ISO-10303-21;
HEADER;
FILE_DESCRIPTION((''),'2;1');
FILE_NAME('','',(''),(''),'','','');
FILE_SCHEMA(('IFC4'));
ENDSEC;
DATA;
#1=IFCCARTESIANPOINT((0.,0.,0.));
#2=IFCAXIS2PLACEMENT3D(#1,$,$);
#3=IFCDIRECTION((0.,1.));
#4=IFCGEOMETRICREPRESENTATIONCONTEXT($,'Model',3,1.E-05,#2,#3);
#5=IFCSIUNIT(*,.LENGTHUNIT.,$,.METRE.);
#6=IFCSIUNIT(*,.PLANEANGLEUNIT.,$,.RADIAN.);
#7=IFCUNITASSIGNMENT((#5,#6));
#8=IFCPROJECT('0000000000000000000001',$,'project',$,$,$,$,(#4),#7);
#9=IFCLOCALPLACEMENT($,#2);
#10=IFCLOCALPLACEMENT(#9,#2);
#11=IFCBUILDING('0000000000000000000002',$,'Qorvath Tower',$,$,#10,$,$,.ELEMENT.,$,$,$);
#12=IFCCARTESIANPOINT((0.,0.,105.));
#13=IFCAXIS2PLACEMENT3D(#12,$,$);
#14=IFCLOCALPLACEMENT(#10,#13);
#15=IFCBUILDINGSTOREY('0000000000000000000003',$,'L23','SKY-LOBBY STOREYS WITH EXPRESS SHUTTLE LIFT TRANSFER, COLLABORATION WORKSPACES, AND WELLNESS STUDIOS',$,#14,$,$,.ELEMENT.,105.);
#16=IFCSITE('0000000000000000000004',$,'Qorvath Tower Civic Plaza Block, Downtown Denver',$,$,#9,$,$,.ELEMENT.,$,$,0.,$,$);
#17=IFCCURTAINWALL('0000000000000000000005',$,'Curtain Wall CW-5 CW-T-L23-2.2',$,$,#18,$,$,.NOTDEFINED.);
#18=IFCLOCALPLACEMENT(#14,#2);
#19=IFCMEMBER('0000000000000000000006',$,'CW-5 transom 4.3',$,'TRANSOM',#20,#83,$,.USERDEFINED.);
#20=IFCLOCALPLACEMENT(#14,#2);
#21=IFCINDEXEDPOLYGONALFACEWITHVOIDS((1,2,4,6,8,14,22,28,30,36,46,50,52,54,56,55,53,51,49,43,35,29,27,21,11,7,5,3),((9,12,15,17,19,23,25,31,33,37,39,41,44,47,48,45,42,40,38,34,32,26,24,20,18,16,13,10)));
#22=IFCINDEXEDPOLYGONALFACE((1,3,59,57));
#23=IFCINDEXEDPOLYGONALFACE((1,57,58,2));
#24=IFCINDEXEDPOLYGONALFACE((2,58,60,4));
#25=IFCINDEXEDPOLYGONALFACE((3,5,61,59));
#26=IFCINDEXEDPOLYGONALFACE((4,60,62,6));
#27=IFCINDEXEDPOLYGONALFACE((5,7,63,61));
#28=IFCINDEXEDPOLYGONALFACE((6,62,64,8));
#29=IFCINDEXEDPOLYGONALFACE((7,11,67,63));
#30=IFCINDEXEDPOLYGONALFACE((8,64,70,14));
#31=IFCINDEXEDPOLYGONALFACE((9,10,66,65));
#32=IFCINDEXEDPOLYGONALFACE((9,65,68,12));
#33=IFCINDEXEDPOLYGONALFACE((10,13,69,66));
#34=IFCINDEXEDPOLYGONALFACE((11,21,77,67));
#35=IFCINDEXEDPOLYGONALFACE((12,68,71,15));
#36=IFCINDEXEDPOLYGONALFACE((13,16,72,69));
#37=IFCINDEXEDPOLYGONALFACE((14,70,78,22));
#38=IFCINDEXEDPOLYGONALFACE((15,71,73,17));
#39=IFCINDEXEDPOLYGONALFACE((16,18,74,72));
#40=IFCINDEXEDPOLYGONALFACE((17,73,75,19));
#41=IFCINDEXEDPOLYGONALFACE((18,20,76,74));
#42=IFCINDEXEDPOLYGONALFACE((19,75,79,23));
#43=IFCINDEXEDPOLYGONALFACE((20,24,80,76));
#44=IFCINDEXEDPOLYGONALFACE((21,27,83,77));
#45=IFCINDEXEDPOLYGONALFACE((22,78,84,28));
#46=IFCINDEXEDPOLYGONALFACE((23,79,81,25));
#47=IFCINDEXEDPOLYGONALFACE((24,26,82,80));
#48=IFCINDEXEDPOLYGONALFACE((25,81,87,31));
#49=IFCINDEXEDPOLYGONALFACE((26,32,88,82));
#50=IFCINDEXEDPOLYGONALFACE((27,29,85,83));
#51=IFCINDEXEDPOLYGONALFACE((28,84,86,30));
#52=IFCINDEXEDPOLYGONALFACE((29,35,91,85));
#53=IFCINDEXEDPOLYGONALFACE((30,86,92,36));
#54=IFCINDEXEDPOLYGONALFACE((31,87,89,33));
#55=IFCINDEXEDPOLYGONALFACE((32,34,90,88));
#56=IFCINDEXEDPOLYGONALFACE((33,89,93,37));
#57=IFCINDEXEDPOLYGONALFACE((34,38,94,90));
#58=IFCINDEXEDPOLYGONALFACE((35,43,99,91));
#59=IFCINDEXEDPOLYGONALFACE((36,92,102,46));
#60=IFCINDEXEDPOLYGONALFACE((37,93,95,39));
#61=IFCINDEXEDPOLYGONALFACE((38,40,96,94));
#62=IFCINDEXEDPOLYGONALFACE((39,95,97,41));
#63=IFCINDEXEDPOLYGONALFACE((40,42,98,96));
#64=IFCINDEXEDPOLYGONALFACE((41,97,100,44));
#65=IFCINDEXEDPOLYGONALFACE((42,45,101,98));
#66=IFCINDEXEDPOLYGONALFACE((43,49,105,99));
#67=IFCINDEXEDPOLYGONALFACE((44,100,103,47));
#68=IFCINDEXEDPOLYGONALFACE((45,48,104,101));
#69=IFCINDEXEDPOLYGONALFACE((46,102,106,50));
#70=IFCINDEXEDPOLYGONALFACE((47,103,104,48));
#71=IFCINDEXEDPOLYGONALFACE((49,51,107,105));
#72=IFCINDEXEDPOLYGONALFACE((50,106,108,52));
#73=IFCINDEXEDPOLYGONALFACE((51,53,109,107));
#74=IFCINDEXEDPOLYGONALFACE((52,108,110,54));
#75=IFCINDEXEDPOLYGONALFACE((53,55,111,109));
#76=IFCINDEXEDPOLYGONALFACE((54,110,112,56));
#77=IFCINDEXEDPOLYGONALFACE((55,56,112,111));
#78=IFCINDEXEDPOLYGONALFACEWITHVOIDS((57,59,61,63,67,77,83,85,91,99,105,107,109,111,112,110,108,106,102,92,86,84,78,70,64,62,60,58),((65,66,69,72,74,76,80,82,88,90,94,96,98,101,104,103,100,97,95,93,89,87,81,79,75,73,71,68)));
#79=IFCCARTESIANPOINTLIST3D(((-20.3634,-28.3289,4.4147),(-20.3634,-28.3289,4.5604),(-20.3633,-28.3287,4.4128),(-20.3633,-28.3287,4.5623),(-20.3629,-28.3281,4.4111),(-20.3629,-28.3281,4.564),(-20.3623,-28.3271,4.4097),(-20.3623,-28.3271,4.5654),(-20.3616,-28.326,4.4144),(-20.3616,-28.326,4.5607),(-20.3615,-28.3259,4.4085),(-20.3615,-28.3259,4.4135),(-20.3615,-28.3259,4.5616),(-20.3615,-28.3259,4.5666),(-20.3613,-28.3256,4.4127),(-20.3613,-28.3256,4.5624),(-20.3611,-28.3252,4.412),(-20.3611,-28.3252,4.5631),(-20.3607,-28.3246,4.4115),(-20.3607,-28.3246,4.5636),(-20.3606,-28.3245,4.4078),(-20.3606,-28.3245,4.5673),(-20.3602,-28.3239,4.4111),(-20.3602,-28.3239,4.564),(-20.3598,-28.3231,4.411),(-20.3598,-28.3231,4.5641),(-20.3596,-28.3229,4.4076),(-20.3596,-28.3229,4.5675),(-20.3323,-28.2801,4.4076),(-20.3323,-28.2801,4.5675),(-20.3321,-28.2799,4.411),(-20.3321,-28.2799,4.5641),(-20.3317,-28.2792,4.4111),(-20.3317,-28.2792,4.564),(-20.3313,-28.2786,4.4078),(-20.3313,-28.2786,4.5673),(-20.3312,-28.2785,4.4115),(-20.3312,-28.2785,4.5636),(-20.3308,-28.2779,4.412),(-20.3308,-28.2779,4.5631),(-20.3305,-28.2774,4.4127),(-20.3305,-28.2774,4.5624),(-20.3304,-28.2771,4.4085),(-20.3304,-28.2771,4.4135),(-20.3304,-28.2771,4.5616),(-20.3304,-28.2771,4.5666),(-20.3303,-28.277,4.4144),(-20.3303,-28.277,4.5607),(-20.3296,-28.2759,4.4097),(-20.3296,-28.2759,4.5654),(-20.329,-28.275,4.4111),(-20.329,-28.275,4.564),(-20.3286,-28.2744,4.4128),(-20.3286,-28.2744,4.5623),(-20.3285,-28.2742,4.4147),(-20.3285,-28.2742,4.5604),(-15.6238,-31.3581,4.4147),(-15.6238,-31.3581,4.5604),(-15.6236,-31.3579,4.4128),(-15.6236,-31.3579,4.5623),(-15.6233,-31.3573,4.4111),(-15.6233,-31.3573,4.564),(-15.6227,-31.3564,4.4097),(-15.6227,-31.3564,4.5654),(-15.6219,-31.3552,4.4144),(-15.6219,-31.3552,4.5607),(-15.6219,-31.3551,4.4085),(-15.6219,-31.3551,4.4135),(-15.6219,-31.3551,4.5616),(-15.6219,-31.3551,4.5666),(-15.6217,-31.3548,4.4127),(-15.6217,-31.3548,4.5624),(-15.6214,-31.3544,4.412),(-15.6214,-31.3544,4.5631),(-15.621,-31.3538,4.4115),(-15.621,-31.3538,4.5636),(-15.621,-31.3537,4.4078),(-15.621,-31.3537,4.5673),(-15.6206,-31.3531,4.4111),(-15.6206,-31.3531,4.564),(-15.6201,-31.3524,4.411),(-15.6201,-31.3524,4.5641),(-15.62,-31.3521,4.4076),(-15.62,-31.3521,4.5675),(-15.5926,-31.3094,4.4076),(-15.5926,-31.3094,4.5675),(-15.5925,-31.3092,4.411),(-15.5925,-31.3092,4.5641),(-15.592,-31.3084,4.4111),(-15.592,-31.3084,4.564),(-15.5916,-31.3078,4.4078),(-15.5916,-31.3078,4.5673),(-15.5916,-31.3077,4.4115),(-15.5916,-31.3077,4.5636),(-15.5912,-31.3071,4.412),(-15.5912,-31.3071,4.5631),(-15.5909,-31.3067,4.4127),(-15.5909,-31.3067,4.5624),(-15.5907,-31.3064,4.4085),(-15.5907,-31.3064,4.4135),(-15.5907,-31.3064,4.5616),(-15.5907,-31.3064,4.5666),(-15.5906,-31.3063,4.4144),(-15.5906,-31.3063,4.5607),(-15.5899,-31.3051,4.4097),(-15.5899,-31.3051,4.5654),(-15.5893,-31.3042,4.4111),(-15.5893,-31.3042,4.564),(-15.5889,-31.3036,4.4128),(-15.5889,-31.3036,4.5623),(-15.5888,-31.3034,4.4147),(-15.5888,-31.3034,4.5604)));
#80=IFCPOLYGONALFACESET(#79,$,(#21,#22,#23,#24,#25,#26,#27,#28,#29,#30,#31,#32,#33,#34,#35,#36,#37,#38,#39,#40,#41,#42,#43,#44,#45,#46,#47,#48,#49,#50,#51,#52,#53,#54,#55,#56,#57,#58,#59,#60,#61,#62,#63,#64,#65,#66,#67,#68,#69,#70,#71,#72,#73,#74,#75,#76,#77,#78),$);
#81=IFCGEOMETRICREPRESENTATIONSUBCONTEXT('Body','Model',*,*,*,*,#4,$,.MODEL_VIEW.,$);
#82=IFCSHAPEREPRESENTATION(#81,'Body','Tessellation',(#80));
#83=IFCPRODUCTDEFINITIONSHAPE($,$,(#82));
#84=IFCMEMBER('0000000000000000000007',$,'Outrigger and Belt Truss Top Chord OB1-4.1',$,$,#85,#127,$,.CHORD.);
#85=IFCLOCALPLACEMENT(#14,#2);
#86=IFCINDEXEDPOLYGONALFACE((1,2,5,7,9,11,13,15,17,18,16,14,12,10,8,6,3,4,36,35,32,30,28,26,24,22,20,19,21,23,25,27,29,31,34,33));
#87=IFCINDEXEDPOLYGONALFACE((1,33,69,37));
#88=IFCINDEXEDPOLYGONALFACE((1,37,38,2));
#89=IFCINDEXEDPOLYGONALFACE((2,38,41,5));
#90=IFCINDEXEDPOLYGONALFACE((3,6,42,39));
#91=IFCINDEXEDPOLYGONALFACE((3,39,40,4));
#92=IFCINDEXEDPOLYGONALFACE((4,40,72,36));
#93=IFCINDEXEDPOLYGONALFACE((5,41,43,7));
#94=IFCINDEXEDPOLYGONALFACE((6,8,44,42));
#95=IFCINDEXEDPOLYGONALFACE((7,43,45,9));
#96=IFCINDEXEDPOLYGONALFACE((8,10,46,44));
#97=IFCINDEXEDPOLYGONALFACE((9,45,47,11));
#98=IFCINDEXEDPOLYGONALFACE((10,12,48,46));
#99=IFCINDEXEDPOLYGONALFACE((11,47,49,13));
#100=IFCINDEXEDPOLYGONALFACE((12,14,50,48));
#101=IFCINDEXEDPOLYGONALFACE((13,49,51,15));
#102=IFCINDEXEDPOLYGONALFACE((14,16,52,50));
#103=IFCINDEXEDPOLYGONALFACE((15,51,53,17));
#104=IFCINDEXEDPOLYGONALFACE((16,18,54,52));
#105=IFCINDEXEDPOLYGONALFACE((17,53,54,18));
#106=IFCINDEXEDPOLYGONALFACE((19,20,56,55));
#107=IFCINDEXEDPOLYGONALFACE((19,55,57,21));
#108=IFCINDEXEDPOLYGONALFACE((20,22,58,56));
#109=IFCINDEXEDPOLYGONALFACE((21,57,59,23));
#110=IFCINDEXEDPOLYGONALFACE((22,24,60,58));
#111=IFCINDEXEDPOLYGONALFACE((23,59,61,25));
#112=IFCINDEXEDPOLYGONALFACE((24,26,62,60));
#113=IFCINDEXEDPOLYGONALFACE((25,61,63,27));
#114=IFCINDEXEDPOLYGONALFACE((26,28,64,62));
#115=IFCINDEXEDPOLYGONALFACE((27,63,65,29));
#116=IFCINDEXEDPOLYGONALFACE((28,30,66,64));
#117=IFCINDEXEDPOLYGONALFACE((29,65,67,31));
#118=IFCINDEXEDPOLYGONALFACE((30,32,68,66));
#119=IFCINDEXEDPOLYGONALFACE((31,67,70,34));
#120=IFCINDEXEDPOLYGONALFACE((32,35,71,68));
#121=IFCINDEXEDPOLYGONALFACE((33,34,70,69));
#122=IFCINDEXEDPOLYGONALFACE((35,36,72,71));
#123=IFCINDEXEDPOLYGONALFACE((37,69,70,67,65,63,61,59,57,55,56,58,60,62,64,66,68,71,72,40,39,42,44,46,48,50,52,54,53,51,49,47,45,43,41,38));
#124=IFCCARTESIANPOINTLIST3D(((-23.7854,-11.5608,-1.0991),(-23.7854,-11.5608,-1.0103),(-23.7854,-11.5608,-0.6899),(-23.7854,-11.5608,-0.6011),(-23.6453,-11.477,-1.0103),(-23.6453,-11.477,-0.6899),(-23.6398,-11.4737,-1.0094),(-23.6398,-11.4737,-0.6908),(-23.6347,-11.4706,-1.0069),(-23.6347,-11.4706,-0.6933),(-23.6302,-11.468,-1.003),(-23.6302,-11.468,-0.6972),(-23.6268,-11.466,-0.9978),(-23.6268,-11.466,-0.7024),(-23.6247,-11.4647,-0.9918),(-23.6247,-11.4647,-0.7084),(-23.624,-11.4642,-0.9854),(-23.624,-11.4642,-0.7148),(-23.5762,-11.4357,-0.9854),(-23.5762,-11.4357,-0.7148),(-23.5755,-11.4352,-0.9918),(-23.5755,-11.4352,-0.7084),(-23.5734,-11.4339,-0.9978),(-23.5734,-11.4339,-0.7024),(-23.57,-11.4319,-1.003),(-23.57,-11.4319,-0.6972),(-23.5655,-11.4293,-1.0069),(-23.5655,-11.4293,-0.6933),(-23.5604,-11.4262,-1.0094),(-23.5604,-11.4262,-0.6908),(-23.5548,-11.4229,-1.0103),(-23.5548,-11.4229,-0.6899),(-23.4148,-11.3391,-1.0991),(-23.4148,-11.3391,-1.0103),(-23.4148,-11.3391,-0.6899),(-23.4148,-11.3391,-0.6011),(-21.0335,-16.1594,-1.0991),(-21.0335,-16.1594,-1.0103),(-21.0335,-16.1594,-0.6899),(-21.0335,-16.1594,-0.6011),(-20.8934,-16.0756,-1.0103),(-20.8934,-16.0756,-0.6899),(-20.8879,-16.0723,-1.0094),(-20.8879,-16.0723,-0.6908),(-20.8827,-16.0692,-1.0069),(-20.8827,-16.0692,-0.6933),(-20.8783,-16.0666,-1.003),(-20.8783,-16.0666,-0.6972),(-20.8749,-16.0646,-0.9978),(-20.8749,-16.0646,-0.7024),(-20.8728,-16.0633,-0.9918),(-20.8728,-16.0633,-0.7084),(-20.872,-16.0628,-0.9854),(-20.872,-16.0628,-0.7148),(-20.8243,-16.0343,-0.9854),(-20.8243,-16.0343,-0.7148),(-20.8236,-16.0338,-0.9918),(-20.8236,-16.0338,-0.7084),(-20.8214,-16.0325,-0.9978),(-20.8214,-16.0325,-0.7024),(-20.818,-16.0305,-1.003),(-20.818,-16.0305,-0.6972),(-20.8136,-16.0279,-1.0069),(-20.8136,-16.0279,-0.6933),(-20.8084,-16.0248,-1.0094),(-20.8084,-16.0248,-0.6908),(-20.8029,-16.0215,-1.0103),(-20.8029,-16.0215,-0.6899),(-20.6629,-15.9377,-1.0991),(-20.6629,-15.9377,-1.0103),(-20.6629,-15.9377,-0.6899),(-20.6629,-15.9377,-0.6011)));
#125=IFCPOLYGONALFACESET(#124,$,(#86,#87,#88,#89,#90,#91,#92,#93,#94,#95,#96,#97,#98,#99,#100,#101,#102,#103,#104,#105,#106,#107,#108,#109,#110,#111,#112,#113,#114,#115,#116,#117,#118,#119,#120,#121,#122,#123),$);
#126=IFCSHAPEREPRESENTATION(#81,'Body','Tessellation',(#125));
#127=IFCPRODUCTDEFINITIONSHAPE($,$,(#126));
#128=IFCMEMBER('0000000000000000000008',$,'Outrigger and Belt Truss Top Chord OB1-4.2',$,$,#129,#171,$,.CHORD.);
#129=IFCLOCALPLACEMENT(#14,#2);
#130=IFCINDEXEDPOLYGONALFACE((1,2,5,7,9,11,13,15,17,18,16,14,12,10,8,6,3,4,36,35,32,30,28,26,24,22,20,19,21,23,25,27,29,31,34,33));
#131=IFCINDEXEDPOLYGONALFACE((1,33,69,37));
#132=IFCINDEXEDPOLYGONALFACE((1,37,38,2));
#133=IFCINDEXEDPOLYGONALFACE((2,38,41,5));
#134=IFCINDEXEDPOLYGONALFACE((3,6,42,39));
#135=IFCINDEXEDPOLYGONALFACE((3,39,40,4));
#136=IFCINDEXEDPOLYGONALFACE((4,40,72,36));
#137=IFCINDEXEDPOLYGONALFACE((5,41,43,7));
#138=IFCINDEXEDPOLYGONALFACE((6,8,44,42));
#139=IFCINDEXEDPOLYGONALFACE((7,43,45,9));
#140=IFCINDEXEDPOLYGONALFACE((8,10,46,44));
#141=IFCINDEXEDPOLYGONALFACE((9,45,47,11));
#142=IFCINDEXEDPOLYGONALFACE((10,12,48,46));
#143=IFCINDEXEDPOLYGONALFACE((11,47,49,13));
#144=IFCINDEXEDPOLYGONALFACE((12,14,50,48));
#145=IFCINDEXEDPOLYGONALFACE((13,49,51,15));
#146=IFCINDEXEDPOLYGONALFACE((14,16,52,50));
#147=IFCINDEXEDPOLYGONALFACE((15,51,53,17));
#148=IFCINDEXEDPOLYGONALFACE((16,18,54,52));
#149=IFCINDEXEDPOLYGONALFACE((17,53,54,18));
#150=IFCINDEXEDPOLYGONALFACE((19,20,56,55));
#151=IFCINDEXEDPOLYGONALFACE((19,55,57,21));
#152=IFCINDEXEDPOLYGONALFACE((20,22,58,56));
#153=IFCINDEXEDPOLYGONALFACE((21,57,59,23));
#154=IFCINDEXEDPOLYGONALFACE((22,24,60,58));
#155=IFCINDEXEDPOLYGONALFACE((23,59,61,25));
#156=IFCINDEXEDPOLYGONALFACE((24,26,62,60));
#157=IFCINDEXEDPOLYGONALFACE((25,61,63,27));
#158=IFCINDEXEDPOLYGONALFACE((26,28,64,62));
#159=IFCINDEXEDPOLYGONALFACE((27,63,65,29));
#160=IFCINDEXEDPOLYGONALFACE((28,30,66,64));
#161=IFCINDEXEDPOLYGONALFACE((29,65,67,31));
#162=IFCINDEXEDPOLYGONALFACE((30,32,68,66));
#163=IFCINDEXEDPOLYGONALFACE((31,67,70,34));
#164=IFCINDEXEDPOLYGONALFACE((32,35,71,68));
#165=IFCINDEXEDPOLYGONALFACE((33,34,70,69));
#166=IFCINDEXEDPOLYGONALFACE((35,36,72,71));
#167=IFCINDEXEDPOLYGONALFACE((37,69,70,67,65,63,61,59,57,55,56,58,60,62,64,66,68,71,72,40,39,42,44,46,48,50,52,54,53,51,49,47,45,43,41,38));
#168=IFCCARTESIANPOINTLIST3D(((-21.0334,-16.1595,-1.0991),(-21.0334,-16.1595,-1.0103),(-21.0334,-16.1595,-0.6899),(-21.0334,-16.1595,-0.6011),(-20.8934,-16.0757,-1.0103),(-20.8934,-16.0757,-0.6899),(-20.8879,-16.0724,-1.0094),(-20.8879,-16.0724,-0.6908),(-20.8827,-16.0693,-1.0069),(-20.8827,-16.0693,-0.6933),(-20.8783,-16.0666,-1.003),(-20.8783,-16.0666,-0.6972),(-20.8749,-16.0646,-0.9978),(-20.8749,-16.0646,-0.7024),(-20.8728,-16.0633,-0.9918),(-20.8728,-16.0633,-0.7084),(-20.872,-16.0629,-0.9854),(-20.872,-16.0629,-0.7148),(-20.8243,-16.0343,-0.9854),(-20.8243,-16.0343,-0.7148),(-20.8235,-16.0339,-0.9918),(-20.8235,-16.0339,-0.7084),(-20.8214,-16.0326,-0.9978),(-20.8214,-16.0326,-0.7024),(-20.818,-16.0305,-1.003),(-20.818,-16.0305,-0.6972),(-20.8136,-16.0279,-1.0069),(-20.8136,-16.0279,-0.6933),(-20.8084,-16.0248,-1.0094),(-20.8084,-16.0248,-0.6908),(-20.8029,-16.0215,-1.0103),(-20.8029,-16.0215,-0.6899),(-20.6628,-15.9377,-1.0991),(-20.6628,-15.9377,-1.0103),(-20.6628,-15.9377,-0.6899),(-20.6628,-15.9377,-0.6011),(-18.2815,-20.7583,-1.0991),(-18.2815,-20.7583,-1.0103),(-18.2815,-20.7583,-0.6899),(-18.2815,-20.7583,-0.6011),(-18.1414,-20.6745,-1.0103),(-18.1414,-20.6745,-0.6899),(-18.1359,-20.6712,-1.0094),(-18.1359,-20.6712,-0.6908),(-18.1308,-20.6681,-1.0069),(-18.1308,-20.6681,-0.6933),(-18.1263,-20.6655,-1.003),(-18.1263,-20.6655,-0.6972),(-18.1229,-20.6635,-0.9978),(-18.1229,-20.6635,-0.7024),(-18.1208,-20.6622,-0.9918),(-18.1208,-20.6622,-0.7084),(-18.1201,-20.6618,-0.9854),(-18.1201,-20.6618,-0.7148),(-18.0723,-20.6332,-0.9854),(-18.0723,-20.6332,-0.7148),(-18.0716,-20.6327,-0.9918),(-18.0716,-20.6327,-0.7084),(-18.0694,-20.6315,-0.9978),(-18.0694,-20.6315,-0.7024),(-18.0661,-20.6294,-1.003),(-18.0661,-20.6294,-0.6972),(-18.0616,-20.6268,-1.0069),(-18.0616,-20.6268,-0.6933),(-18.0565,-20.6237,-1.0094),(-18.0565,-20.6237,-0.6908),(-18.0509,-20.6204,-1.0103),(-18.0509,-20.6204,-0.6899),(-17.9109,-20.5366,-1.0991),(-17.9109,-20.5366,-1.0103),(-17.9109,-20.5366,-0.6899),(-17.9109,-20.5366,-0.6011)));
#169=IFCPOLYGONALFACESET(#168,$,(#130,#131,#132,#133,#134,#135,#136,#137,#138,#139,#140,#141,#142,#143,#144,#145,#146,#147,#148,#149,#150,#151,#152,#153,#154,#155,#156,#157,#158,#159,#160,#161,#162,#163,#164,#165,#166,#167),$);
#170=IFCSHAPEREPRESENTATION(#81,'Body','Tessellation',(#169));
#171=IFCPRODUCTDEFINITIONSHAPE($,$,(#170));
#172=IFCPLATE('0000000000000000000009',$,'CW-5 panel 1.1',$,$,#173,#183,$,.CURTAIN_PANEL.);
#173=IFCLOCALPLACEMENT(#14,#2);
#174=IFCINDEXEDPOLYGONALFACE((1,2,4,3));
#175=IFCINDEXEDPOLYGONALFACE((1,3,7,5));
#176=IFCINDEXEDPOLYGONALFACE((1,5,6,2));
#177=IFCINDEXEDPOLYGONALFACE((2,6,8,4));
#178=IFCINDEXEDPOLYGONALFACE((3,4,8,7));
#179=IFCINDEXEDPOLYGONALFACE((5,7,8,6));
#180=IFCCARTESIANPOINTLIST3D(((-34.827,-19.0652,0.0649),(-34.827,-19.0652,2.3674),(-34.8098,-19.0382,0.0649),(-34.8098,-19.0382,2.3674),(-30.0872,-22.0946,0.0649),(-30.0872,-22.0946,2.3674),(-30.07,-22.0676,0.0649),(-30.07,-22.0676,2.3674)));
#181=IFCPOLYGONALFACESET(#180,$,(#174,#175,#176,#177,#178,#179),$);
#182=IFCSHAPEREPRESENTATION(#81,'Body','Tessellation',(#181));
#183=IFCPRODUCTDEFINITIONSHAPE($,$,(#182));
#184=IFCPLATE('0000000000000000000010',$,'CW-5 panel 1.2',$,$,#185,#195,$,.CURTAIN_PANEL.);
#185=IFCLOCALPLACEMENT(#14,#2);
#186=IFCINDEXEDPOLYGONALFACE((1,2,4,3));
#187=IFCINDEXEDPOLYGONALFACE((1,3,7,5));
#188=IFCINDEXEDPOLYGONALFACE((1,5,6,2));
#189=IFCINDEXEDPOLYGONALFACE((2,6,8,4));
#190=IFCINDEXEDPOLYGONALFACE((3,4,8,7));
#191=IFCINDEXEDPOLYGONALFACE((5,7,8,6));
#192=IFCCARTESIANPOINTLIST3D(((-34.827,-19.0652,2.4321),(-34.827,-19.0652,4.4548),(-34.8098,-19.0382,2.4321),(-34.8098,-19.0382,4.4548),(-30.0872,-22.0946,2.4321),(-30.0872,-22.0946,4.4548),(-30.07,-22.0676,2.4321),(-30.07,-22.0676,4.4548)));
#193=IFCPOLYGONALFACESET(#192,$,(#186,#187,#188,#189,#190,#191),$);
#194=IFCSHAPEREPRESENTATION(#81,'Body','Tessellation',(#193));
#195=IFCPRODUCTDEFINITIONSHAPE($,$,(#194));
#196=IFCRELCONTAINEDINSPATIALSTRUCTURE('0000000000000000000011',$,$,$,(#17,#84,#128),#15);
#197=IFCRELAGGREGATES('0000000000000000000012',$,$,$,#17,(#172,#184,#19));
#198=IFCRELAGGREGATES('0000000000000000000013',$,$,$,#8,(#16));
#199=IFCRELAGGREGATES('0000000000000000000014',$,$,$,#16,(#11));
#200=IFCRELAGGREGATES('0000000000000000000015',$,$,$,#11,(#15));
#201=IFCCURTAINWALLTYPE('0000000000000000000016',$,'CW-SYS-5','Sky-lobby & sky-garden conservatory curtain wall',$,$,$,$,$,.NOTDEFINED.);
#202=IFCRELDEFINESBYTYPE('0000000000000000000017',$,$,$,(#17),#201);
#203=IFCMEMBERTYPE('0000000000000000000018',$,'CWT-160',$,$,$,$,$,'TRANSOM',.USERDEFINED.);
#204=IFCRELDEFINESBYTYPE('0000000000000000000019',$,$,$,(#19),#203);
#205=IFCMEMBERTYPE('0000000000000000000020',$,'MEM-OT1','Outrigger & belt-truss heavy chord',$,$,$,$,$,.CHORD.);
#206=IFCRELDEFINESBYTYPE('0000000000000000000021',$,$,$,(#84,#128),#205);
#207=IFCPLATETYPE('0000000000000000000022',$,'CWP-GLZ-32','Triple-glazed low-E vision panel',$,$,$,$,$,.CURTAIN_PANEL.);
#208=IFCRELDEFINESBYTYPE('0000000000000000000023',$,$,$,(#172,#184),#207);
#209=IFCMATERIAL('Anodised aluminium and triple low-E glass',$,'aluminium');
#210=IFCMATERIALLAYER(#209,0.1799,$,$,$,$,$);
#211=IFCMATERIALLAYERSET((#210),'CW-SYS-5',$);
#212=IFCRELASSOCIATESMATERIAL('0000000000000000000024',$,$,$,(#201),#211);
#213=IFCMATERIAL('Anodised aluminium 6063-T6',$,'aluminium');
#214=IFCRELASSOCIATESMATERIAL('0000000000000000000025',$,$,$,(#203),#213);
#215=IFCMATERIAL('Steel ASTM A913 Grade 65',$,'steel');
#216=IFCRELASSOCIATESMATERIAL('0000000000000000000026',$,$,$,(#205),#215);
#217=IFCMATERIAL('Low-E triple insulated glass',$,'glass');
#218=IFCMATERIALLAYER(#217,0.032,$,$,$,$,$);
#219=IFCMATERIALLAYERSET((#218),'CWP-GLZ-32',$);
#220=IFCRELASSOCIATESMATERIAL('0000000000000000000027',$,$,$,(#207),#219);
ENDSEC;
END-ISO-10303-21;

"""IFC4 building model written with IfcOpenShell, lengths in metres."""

from ifc_helpers import new_model, si_unit, direction, frame, origin, origin_2d, place, context, subcontext, project, spatial, rectangle, hollow_rectangle, i_section, extrude, material, layer, layer_set, material_profile, profile_set, type_object, element, aggregate, save


model = new_model("IFC4")

# Units and contexts
model_context = context("Model", 3, precision=1e-05, world=origin(), true_north=direction((0.0, 1.0)))
body_context = subcontext(model_context, "Body", "Model", "MODEL_VIEW")
ifc_project = project(units=[si_unit("LENGTHUNIT", "METRE"), si_unit("PLANEANGLEUNIT", "RADIAN")], contexts=[model_context])

# Site, building, storey
site_placement = place(None, origin())
site = spatial("IfcSite", under=ifc_project, at=site_placement, Name="Qorvath Tower Civic Plaza Block, Downtown Denver", CompositionType="ELEMENT", RefElevation=0.0)
building_placement = place(site_placement, origin())
building = spatial("IfcBuilding", under=site, at=building_placement, Name="Qorvath Tower", CompositionType="ELEMENT")
storey_placement = place(building_placement, frame((0.0, 0.0, 105.0)))
storey = spatial("IfcBuildingStorey", under=building, at=storey_placement, Name="L23", Description="SKY-LOBBY STOREYS WITH EXPRESS SHUTTLE LIFT TRANSFER, COLLABORATION WORKSPACES, AND WELLNESS STUDIOS", CompositionType="ELEMENT", Elevation=105.0)

# Curtain wall, member
ifc_material_1 = material(Name="Anodised aluminium and triple low-E glass", Category="aluminium")
ifc_layer_1 = layer(ifc_material_1, 0.1799)
ifc_layer_set_1 = layer_set([ifc_layer_1], Name="CW-SYS-5")
curtain_wall_type = type_object("IfcCurtainWallType", Name="CW-SYS-5", Description="Sky-lobby & sky-garden conservatory curtain wall", PredefinedType="NOTDEFINED", material=ifc_layer_set_1)
curtain_wall_placement = place(storey_placement, origin())
curtain_wall = element("IfcCurtainWall", 1, at=curtain_wall_placement, inside=storey, type_object=curtain_wall_type, Name="Curtain Wall CW-5 CW-T-L23-2.2", PredefinedType="NOTDEFINED")
ifc_material_2 = material(Name="Anodised aluminium 6063-T6", Category="aluminium")
ifc_material_profile_1 = material_profile(ifc_material_2, hollow_rectangle(XDim=0.0649, YDim=0.1599, WallThickness=0.0034, InnerFilletRadius=0.0034, OuterFilletRadius=0.0071, at=origin_2d()), Name="CWT 160x65")
ifc_profile_set_1 = profile_set([ifc_material_profile_1], Name="Anodised aluminium 6063-T6")
member_type_1 = type_object("IfcMemberType", Name="CWT-160", ElementType="TRANSOM", PredefinedType="USERDEFINED", material=ifc_profile_set_1)
member_1_placement = place(storey_placement, frame((-20.3459, -28.3015, 4.4875), z_axis=(0.842605, -0.538531, 0.0), x_axis=(0.538531, 0.842605, 0.0)))
member_1 = element("IfcMember", 2, at=member_1_placement, type_object=member_type_1, Name="CW-5 transom 4.3", ObjectType="TRANSOM", PredefinedType="USERDEFINED", context=body_context, shape_type="SweptSolid", body=[
    extrude(hollow_rectangle(XDim=0.0649, YDim=0.1599, WallThickness=0.0034, InnerFilletRadius=0.0034, OuterFilletRadius=0.0071, at=origin_2d()), origin(), (0.0, 0.0, 1.0), 5.625),
])

# Members
ifc_material_3 = material(Name="Steel ASTM A913 Grade 65", Category="steel")
ifc_material_profile_2 = material_profile(ifc_material_3, i_section(OverallWidth=0.4319, OverallDepth=0.498, WebThickness=0.0557, FlangeThickness=0.0889, FilletRadius=0.0249, at=origin_2d()), Name="W14x500")
ifc_profile_set_2 = profile_set([ifc_material_profile_2], Name="Steel ASTM A913 Grade 65")
member_type_2 = type_object("IfcMemberType", Name="MEM-OT1", Description="Outrigger & belt-truss heavy chord", PredefinedType="CHORD", material=ifc_profile_set_2)
member_2_placement = place(storey_placement, frame((-23.6001, -11.45, -0.8501), z_axis=(0.513504, -0.858087, 0.0), x_axis=(0.858087, 0.513504, 0.0)))
element("IfcMember", 3, at=member_2_placement, inside=storey, type_object=member_type_2, Name="Outrigger and Belt Truss Top Chord OB1-4.1", PredefinedType="CHORD", context=body_context, shape_type="SweptSolid", body=[
    extrude(i_section(OverallWidth=0.4319, OverallDepth=0.498, WebThickness=0.0557, FlangeThickness=0.0889, FilletRadius=0.0249, at=origin_2d()), origin(), (0.0, 0.0, 1.0), 5.3591),
])
member_3_placement = place(storey_placement, frame((-20.8481, -16.0486, -0.8501), z_axis=(0.513484, -0.858099, 0.0), x_axis=(0.858099, 0.513484, 0.0)))
element("IfcMember", 4, at=member_3_placement, inside=storey, type_object=member_type_2, Name="Outrigger and Belt Truss Top Chord OB1-4.2", PredefinedType="CHORD", context=body_context, shape_type="SweptSolid", body=[
    extrude(i_section(OverallWidth=0.4319, OverallDepth=0.498, WebThickness=0.0557, FlangeThickness=0.0889, FilletRadius=0.0249, at=origin_2d()), origin(), (0.0, 0.0, 1.0), 5.3594),
])

# Plates
ifc_material_4 = material(Name="Low-E triple insulated glass", Category="glass")
ifc_layer_2 = layer(ifc_material_4, 0.032)
ifc_layer_set_2 = layer_set([ifc_layer_2], Name="CWP-GLZ-32")
plate_type = type_object("IfcPlateType", Name="CWP-GLZ-32", Description="Triple-glazed low-E vision panel", PredefinedType="CURTAIN_PANEL", material=ifc_layer_set_2)
plate_1_placement = place(storey_placement, frame((-32.4485, -20.5664, 0.0649), z_axis=(0.0, 0.0, 1.0), x_axis=(0.8426, -0.53854, 0.0)))
plate_1 = element("IfcPlate", 5, at=plate_1_placement, type_object=plate_type, Name="CW-5 panel 1.1", PredefinedType="CURTAIN_PANEL", context=body_context, shape_type="SweptSolid", body=[
    extrude(rectangle(XDim=5.6252, YDim=0.032, at=origin_2d()), origin(), (0.0, 0.0, 1.0), 2.3025),
])
plate_2_placement = place(storey_placement, frame((-32.4485, -20.5664, 2.4321), z_axis=(0.0, 0.0, 1.0), x_axis=(0.8426, -0.53854, 0.0)))
plate_2 = element("IfcPlate", 6, at=plate_2_placement, type_object=plate_type, Name="CW-5 panel 1.2", PredefinedType="CURTAIN_PANEL", context=body_context, shape_type="SweptSolid", body=[
    extrude(rectangle(XDim=5.6252, YDim=0.032, at=origin_2d()), origin(), (0.0, 0.0, 1.0), 2.0227),
])
aggregate(curtain_wall, [plate_1, plate_2, member_1])

save(model, "model.ifc")
